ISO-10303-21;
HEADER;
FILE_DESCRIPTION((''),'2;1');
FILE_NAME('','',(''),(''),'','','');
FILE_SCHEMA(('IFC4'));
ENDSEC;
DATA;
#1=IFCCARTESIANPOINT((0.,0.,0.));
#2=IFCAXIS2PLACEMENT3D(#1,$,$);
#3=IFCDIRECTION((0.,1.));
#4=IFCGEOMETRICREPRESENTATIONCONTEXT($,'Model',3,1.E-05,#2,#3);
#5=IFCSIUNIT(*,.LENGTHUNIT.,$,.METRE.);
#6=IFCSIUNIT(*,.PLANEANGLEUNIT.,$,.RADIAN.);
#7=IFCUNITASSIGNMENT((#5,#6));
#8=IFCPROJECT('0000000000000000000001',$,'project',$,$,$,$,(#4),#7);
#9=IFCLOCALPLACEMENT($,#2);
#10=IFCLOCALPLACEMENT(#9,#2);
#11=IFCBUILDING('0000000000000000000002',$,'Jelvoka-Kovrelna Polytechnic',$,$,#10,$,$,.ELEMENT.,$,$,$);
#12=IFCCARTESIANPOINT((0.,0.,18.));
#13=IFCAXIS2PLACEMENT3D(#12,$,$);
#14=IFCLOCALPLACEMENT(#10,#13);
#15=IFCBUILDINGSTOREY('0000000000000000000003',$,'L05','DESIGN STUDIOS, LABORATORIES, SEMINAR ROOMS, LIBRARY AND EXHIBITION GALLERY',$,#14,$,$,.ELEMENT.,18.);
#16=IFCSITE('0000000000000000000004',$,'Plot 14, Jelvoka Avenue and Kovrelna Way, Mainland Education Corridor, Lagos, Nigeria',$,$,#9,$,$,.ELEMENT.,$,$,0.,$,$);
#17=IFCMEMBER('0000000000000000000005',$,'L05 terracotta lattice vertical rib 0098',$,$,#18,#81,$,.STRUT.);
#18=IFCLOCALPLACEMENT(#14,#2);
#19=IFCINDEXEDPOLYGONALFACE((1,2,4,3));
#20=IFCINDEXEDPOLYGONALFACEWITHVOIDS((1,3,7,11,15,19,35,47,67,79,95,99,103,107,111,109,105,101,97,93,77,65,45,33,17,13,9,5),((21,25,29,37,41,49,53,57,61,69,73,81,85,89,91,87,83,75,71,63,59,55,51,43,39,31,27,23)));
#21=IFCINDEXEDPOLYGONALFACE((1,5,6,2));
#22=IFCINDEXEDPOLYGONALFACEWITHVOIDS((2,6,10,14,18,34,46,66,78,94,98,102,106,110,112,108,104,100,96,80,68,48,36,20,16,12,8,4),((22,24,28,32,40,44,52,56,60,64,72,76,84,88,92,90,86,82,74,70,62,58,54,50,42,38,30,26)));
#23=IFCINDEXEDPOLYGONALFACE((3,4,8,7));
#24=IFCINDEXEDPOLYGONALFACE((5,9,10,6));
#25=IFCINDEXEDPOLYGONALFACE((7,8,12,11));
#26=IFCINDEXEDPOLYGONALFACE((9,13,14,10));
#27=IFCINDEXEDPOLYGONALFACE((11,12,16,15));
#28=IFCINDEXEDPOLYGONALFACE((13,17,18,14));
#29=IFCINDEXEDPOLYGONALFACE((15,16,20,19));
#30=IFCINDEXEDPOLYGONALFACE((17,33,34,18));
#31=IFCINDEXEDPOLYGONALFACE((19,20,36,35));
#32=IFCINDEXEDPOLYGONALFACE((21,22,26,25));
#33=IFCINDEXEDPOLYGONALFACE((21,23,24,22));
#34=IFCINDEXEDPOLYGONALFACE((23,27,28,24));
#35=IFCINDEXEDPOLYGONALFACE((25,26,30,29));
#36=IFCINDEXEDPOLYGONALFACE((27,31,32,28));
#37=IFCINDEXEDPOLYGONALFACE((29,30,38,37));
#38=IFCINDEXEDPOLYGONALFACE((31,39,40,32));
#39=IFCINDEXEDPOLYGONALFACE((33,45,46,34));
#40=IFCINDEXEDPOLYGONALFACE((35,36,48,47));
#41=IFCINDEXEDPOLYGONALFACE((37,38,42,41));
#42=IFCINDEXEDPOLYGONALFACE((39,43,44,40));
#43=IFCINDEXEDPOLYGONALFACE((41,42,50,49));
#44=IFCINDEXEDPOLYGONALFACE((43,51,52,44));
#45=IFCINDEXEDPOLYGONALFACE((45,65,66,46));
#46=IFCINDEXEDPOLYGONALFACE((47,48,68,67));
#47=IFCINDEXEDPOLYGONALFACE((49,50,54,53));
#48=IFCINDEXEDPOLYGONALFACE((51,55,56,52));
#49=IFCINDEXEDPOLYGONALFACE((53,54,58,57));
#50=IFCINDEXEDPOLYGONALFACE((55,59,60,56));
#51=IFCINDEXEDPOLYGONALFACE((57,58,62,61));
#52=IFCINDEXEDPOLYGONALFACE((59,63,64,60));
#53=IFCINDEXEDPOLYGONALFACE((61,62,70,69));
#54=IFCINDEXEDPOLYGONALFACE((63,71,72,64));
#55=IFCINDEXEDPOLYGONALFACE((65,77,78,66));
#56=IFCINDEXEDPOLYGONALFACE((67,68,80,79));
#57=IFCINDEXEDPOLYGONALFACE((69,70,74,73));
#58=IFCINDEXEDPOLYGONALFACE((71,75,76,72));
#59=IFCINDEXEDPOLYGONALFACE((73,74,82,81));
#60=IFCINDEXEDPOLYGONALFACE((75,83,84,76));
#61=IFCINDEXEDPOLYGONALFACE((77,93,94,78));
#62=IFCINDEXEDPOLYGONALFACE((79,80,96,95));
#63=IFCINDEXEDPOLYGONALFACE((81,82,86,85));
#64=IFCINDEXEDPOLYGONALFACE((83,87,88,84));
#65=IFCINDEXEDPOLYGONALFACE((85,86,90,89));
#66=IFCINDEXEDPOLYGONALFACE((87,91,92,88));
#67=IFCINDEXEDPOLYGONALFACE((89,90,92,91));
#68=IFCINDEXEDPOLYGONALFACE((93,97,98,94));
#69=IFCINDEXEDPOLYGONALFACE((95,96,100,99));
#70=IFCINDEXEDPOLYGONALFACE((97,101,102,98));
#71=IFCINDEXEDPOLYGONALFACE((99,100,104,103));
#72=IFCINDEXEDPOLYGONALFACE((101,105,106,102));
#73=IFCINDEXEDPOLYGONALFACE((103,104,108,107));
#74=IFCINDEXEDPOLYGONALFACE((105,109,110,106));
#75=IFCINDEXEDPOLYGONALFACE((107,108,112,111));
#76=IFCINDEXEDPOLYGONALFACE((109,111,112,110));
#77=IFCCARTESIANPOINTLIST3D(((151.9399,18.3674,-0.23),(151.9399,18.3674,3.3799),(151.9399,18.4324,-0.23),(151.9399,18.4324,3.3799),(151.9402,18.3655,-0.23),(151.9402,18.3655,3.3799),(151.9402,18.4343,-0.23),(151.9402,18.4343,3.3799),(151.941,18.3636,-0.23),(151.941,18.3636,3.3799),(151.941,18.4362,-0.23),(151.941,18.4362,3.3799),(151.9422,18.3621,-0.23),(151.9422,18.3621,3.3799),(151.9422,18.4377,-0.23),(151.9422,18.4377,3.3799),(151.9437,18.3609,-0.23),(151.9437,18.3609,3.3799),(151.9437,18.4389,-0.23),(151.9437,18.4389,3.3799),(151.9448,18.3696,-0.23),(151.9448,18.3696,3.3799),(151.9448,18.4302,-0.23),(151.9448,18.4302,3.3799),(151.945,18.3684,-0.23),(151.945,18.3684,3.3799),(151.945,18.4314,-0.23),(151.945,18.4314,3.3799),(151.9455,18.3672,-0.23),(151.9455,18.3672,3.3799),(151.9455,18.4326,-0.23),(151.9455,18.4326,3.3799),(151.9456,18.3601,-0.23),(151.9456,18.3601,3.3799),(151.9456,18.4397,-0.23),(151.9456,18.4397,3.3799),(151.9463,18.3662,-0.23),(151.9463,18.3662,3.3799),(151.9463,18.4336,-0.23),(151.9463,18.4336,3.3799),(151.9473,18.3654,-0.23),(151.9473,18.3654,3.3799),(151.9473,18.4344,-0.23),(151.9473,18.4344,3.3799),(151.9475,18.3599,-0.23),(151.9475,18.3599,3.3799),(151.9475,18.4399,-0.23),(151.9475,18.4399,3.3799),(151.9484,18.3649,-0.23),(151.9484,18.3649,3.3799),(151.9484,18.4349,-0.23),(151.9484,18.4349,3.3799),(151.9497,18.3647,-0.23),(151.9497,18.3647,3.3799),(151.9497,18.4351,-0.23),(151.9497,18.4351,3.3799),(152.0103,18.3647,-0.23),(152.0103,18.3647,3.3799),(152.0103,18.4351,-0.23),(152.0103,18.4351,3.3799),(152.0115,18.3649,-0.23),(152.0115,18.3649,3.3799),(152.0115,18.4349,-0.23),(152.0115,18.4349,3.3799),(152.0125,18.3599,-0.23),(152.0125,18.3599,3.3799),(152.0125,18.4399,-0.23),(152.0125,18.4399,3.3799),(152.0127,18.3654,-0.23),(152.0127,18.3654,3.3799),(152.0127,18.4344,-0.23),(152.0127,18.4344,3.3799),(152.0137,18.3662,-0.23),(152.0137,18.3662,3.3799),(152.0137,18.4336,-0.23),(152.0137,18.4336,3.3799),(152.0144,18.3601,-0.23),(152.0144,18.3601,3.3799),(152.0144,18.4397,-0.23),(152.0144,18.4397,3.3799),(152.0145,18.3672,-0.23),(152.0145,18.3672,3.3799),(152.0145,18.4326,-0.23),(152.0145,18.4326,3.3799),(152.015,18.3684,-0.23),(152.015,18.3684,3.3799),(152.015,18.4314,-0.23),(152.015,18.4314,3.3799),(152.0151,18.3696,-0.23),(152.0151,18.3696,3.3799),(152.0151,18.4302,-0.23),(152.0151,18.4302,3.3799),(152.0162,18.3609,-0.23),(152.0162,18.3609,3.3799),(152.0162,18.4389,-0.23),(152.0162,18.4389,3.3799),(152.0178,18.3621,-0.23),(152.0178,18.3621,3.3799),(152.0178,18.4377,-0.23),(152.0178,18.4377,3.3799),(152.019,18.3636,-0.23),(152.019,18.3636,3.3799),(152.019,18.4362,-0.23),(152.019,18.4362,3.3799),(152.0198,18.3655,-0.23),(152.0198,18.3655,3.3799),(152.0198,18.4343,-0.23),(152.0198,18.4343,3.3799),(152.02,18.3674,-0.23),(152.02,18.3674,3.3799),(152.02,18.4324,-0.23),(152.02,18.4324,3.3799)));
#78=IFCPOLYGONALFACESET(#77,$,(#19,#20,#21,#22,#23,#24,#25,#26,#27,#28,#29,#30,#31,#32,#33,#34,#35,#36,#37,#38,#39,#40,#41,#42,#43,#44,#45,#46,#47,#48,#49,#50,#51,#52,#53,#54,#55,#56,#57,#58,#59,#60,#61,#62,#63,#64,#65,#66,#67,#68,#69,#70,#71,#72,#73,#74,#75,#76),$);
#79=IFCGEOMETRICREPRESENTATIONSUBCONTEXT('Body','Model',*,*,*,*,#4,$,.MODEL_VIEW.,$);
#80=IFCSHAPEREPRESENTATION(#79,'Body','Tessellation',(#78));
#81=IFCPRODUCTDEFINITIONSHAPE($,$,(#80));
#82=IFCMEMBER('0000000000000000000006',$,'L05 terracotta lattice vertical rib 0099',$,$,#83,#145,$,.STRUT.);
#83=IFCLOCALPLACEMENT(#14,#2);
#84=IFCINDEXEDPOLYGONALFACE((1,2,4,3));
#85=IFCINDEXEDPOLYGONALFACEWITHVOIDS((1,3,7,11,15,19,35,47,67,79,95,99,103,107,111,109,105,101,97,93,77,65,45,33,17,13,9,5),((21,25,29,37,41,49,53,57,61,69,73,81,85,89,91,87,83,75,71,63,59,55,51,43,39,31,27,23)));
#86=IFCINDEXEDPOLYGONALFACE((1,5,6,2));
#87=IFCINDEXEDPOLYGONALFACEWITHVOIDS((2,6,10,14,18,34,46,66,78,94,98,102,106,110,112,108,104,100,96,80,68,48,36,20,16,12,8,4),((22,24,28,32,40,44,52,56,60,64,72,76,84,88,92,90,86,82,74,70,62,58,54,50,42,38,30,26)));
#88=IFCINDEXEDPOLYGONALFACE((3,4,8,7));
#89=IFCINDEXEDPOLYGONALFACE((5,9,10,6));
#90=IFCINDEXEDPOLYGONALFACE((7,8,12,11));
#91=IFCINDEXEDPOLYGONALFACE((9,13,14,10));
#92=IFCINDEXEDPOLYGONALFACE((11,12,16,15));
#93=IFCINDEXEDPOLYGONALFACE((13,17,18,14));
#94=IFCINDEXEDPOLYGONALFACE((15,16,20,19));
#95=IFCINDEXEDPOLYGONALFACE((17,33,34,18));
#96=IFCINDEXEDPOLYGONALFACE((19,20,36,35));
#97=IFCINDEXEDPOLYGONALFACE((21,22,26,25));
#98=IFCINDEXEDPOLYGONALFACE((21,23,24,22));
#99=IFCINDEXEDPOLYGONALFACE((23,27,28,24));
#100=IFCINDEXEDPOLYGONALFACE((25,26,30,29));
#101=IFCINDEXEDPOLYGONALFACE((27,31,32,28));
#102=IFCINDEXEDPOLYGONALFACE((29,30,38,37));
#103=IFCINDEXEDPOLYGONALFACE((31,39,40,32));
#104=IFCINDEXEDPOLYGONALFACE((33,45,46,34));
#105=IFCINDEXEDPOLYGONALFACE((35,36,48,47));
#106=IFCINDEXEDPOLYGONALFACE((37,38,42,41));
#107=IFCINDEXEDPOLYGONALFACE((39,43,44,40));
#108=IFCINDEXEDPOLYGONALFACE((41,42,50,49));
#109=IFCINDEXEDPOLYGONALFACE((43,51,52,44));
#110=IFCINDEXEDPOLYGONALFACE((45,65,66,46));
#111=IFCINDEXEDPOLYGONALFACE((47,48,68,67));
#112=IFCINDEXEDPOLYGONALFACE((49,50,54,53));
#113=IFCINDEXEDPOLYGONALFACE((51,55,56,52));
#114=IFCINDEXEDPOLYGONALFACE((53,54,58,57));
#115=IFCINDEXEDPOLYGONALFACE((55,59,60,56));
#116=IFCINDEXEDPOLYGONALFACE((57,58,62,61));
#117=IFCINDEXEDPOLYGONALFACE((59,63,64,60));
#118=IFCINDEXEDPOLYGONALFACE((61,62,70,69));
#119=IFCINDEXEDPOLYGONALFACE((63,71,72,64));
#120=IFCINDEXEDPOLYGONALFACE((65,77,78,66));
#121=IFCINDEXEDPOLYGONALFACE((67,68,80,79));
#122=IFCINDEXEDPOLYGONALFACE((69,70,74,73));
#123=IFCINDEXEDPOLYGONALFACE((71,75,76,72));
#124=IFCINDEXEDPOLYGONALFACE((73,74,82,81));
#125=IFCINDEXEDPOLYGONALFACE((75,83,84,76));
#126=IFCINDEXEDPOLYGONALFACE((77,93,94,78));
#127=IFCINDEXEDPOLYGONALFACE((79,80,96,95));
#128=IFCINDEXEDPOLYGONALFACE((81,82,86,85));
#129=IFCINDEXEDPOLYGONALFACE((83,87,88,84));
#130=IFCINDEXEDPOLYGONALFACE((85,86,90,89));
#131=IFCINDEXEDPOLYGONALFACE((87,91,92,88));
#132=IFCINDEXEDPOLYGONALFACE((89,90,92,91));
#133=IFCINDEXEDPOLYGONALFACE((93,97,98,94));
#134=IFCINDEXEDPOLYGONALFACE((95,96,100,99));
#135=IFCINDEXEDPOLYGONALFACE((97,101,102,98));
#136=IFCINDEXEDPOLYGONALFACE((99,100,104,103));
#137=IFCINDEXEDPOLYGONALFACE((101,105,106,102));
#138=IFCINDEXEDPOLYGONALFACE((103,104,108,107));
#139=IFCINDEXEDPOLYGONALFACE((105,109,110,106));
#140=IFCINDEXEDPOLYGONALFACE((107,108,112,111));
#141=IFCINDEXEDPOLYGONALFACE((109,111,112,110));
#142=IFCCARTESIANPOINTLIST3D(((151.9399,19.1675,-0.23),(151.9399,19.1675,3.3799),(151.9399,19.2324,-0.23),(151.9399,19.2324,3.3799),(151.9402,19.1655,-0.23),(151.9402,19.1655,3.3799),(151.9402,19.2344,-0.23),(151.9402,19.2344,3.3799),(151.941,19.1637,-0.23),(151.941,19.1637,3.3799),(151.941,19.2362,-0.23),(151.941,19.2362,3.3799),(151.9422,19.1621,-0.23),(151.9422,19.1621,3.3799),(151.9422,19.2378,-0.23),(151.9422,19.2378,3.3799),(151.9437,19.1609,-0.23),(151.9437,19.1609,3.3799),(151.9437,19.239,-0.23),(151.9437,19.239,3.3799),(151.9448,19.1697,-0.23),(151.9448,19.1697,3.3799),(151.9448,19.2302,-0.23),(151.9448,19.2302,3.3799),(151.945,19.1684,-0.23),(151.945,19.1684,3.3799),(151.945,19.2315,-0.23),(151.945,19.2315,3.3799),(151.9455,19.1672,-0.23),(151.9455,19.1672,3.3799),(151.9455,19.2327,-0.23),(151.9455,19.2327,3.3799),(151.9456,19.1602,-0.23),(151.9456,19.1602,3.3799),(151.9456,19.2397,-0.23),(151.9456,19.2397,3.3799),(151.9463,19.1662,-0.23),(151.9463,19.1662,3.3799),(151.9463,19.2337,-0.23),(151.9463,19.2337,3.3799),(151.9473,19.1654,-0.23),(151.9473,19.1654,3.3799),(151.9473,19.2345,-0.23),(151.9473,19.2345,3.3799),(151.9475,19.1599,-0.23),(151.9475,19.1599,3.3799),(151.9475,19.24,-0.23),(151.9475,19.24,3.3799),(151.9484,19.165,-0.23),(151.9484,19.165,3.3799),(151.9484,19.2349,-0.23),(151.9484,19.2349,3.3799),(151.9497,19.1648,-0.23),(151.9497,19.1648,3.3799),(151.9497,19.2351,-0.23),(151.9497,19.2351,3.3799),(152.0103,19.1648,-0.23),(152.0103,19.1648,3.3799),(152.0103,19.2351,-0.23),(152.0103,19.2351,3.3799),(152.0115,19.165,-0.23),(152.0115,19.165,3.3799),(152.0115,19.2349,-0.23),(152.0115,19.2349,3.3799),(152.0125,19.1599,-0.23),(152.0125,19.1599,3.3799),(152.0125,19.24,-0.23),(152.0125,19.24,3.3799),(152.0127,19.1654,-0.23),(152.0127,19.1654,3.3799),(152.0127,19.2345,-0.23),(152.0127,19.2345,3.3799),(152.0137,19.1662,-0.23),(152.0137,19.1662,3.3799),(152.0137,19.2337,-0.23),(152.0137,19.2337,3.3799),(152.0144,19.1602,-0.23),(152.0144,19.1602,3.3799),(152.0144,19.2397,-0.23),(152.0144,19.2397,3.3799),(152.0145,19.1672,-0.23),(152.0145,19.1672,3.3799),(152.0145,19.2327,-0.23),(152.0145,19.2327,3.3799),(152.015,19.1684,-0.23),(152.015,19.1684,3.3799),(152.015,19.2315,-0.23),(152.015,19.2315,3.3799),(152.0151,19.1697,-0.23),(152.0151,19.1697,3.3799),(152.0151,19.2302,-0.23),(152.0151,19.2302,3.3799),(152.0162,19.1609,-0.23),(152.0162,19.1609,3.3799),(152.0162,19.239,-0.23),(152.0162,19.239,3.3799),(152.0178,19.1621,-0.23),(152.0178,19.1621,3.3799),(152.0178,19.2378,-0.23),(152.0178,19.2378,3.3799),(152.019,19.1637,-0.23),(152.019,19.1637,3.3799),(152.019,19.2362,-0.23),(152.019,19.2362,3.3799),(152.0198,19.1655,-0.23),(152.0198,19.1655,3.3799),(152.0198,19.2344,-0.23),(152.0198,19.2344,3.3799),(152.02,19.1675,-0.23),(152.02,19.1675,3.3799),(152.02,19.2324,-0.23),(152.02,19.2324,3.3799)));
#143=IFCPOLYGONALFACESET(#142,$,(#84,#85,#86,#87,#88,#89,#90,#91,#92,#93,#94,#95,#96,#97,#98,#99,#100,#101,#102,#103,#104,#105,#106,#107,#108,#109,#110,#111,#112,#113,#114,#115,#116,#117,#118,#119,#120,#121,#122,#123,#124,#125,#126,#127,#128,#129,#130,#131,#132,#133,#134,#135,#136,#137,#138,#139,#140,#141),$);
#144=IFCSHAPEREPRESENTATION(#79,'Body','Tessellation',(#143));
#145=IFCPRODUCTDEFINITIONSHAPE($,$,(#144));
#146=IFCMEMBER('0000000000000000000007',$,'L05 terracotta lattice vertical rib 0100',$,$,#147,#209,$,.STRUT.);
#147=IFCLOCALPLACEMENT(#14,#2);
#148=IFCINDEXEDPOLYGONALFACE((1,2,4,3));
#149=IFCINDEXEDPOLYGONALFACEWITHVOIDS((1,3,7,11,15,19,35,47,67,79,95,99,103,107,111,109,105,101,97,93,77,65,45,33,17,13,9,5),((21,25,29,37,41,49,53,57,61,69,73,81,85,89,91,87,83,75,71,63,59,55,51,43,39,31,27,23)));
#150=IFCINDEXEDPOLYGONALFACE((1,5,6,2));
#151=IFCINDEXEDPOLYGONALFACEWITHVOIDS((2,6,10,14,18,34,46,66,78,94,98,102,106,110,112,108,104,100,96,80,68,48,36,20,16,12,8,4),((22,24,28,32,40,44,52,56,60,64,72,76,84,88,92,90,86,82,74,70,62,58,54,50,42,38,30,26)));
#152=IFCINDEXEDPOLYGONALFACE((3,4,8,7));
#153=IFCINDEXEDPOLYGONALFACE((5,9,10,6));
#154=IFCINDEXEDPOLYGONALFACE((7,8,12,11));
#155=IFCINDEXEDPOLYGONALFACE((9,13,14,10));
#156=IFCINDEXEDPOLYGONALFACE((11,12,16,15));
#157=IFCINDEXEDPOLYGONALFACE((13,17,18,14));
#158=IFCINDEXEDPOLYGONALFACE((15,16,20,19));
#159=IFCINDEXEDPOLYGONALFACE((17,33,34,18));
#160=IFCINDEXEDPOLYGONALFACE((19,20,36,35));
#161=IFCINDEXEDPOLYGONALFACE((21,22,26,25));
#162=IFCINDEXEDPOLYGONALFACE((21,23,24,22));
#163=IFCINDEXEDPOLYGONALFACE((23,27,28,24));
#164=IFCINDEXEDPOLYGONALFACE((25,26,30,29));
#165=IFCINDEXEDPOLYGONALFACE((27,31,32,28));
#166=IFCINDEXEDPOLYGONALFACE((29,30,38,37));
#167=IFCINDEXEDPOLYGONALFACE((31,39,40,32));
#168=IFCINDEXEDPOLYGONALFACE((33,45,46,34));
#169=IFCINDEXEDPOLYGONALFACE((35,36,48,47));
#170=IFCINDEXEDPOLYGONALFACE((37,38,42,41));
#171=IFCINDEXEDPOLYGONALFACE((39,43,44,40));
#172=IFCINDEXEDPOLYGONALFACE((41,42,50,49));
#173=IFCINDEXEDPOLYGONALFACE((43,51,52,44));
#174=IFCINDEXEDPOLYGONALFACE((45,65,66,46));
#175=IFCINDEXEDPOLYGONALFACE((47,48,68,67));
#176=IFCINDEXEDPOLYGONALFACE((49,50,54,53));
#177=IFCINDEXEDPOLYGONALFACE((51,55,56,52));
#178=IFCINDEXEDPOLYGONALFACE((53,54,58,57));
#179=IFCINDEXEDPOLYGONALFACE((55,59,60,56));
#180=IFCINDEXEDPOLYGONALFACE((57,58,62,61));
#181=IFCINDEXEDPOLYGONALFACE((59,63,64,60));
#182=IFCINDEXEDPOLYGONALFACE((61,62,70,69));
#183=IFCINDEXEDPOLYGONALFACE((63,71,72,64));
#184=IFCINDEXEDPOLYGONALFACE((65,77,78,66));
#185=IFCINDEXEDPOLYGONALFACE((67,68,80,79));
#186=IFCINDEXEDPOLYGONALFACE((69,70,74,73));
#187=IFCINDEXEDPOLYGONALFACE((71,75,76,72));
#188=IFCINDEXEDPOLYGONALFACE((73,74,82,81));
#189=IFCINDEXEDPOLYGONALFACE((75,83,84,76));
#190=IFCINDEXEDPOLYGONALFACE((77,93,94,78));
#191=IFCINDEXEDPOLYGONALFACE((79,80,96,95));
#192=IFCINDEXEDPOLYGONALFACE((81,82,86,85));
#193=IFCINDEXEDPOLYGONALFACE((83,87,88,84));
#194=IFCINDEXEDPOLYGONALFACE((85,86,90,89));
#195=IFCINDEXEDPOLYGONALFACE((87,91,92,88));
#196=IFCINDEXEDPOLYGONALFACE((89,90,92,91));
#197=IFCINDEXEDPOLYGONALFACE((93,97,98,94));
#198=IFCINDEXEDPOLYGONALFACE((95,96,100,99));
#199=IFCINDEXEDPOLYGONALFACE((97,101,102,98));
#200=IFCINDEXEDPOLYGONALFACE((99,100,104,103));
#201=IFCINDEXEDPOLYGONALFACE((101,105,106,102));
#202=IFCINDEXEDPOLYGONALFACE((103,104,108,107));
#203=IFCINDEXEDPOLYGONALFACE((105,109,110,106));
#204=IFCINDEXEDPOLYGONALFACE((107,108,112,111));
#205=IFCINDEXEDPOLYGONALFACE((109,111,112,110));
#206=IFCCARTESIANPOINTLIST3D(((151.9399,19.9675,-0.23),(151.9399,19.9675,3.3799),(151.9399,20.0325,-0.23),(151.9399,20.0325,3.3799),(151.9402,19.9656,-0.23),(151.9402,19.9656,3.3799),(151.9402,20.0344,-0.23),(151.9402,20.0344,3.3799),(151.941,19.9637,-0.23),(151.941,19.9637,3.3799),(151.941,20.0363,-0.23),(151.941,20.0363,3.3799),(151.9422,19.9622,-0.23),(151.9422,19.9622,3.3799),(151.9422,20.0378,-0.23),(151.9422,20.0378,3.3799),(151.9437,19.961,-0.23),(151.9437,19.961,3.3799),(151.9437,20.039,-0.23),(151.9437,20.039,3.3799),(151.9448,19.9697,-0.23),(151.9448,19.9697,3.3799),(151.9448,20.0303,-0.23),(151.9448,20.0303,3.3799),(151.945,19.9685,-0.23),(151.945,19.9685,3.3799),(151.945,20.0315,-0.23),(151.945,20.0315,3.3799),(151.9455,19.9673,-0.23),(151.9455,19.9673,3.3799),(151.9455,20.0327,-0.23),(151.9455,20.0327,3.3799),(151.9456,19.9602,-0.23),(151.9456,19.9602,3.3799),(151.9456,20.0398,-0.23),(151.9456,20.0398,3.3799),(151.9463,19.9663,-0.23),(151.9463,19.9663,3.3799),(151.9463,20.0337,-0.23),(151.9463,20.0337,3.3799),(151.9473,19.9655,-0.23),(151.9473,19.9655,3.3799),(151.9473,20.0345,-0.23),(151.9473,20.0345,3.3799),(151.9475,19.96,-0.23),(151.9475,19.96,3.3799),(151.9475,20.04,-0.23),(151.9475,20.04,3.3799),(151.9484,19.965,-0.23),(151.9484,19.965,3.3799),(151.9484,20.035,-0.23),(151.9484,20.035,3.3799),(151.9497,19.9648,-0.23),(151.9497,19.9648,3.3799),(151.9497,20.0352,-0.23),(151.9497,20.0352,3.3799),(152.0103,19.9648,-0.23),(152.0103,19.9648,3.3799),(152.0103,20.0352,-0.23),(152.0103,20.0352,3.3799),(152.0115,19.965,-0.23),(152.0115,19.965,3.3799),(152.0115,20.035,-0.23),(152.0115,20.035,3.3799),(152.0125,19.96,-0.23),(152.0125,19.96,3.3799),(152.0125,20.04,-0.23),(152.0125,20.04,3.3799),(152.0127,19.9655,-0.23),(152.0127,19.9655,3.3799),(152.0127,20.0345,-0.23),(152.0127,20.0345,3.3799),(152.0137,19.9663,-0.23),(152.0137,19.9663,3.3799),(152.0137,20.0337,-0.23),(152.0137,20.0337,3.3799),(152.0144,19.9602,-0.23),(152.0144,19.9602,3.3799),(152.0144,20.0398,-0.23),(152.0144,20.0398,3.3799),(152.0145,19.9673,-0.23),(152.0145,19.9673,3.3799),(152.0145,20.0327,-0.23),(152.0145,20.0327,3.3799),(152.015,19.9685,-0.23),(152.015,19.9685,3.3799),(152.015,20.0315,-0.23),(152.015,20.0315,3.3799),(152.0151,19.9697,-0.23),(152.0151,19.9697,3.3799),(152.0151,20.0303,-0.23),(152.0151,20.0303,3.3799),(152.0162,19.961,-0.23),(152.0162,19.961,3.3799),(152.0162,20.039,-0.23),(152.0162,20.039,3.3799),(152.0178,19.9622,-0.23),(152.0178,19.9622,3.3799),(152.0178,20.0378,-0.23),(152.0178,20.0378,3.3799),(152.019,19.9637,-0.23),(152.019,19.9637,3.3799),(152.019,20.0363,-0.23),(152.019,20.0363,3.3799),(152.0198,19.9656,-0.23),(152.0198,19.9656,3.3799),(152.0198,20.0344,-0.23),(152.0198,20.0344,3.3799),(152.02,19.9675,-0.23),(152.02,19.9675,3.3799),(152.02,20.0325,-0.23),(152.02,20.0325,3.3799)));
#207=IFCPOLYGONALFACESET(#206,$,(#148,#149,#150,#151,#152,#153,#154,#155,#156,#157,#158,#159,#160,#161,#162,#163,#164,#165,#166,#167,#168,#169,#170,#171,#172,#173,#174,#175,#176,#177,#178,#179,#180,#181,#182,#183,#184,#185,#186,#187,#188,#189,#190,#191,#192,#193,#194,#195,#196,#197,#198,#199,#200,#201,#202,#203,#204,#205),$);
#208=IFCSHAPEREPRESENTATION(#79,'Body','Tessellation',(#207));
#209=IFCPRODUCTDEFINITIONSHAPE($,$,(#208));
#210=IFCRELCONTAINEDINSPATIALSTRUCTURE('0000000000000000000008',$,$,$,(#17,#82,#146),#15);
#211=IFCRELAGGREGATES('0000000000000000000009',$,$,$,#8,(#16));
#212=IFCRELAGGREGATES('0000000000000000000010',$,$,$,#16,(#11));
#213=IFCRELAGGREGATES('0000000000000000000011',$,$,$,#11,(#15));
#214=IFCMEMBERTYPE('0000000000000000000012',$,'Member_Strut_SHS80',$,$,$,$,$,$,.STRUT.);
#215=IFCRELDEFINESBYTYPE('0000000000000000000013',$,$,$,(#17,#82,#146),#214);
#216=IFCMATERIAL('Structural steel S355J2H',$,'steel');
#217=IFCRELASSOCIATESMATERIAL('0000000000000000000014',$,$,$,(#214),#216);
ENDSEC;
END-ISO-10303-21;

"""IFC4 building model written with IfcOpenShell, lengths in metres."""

from ifc_helpers import new_model, si_unit, direction, frame, origin, origin_2d, place, context, subcontext, project, spatial, hollow_rectangle, extrude, material, material_profile, profile_set, type_object, element, save


model = new_model("IFC4")

# Units and contexts
model_context = context("Model", 3, precision=1e-05, world=origin(), true_north=direction((0.0, 1.0)))
body_context = subcontext(model_context, "Body", "Model", "MODEL_VIEW")
ifc_project = project(units=[si_unit("LENGTHUNIT", "METRE"), si_unit("PLANEANGLEUNIT", "RADIAN")], contexts=[model_context])

# Site, building, storey
site_placement = place(None, origin())
site = spatial("IfcSite", under=ifc_project, at=site_placement, Name="Plot 14, Jelvoka Avenue and Kovrelna Way, Mainland Education Corridor, Lagos, Nigeria", CompositionType="ELEMENT", RefElevation=0.0)
building_placement = place(site_placement, origin())
building = spatial("IfcBuilding", under=site, at=building_placement, Name="Jelvoka-Kovrelna Polytechnic", CompositionType="ELEMENT")
storey_placement = place(building_placement, frame((0.0, 0.0, 18.0)))
storey = spatial("IfcBuildingStorey", under=building, at=storey_placement, Name="L05", Description="DESIGN STUDIOS, LABORATORIES, SEMINAR ROOMS, LIBRARY AND EXHIBITION GALLERY", CompositionType="ELEMENT", Elevation=18.0)

# Members
ifc_material_1 = material(Name="Structural steel S355J2H", Category="steel")
ifc_material_profile_1 = material_profile(ifc_material_1, hollow_rectangle(XDim=0.0801, YDim=0.0801, WallThickness=0.0049, InnerFilletRadius=0.0049, OuterFilletRadius=0.0076, at=origin_2d()), Name="80x80x5.0 SHS")
ifc_profile_set_1 = profile_set([ifc_material_profile_1], Name="Structural steel S355J2H")
member_type_1 = type_object("IfcMemberType", Name="Member_Strut_SHS80", PredefinedType="STRUT", material=ifc_profile_set_1)
for number, where, z_axis, x_axis, name in (
    (1, (151.98, 18.3999, -0.23), (0.0, 0.0, 1.0), (1.0, 0.0, 0.0), "L05 terracotta lattice vertical rib 0098"),
    (2, (151.98, 19.2, -0.23), (0.0, 0.0, 1.0), (1.0, 0.0, 0.0), "L05 terracotta lattice vertical rib 0099"),
    (3, (151.98, 20.0, -0.23), (0.0, 0.0, 1.0), (1.0, 0.0, 0.0), "L05 terracotta lattice vertical rib 0100"),
):
    element("IfcMember", number, at=place(storey_placement, frame(where, z_axis=z_axis, x_axis=x_axis)), inside=storey, type_object=member_type_1, Name=name, PredefinedType="STRUT", context=body_context, shape_type="SweptSolid", body=[
        extrude(hollow_rectangle(XDim=0.0801, YDim=0.0801, WallThickness=0.0049, InnerFilletRadius=0.0049, OuterFilletRadius=0.0076, at=origin_2d()), origin(), (0.0, 0.0, 1.0), 3.6099),
    ])

save(model, "model.ifc")
